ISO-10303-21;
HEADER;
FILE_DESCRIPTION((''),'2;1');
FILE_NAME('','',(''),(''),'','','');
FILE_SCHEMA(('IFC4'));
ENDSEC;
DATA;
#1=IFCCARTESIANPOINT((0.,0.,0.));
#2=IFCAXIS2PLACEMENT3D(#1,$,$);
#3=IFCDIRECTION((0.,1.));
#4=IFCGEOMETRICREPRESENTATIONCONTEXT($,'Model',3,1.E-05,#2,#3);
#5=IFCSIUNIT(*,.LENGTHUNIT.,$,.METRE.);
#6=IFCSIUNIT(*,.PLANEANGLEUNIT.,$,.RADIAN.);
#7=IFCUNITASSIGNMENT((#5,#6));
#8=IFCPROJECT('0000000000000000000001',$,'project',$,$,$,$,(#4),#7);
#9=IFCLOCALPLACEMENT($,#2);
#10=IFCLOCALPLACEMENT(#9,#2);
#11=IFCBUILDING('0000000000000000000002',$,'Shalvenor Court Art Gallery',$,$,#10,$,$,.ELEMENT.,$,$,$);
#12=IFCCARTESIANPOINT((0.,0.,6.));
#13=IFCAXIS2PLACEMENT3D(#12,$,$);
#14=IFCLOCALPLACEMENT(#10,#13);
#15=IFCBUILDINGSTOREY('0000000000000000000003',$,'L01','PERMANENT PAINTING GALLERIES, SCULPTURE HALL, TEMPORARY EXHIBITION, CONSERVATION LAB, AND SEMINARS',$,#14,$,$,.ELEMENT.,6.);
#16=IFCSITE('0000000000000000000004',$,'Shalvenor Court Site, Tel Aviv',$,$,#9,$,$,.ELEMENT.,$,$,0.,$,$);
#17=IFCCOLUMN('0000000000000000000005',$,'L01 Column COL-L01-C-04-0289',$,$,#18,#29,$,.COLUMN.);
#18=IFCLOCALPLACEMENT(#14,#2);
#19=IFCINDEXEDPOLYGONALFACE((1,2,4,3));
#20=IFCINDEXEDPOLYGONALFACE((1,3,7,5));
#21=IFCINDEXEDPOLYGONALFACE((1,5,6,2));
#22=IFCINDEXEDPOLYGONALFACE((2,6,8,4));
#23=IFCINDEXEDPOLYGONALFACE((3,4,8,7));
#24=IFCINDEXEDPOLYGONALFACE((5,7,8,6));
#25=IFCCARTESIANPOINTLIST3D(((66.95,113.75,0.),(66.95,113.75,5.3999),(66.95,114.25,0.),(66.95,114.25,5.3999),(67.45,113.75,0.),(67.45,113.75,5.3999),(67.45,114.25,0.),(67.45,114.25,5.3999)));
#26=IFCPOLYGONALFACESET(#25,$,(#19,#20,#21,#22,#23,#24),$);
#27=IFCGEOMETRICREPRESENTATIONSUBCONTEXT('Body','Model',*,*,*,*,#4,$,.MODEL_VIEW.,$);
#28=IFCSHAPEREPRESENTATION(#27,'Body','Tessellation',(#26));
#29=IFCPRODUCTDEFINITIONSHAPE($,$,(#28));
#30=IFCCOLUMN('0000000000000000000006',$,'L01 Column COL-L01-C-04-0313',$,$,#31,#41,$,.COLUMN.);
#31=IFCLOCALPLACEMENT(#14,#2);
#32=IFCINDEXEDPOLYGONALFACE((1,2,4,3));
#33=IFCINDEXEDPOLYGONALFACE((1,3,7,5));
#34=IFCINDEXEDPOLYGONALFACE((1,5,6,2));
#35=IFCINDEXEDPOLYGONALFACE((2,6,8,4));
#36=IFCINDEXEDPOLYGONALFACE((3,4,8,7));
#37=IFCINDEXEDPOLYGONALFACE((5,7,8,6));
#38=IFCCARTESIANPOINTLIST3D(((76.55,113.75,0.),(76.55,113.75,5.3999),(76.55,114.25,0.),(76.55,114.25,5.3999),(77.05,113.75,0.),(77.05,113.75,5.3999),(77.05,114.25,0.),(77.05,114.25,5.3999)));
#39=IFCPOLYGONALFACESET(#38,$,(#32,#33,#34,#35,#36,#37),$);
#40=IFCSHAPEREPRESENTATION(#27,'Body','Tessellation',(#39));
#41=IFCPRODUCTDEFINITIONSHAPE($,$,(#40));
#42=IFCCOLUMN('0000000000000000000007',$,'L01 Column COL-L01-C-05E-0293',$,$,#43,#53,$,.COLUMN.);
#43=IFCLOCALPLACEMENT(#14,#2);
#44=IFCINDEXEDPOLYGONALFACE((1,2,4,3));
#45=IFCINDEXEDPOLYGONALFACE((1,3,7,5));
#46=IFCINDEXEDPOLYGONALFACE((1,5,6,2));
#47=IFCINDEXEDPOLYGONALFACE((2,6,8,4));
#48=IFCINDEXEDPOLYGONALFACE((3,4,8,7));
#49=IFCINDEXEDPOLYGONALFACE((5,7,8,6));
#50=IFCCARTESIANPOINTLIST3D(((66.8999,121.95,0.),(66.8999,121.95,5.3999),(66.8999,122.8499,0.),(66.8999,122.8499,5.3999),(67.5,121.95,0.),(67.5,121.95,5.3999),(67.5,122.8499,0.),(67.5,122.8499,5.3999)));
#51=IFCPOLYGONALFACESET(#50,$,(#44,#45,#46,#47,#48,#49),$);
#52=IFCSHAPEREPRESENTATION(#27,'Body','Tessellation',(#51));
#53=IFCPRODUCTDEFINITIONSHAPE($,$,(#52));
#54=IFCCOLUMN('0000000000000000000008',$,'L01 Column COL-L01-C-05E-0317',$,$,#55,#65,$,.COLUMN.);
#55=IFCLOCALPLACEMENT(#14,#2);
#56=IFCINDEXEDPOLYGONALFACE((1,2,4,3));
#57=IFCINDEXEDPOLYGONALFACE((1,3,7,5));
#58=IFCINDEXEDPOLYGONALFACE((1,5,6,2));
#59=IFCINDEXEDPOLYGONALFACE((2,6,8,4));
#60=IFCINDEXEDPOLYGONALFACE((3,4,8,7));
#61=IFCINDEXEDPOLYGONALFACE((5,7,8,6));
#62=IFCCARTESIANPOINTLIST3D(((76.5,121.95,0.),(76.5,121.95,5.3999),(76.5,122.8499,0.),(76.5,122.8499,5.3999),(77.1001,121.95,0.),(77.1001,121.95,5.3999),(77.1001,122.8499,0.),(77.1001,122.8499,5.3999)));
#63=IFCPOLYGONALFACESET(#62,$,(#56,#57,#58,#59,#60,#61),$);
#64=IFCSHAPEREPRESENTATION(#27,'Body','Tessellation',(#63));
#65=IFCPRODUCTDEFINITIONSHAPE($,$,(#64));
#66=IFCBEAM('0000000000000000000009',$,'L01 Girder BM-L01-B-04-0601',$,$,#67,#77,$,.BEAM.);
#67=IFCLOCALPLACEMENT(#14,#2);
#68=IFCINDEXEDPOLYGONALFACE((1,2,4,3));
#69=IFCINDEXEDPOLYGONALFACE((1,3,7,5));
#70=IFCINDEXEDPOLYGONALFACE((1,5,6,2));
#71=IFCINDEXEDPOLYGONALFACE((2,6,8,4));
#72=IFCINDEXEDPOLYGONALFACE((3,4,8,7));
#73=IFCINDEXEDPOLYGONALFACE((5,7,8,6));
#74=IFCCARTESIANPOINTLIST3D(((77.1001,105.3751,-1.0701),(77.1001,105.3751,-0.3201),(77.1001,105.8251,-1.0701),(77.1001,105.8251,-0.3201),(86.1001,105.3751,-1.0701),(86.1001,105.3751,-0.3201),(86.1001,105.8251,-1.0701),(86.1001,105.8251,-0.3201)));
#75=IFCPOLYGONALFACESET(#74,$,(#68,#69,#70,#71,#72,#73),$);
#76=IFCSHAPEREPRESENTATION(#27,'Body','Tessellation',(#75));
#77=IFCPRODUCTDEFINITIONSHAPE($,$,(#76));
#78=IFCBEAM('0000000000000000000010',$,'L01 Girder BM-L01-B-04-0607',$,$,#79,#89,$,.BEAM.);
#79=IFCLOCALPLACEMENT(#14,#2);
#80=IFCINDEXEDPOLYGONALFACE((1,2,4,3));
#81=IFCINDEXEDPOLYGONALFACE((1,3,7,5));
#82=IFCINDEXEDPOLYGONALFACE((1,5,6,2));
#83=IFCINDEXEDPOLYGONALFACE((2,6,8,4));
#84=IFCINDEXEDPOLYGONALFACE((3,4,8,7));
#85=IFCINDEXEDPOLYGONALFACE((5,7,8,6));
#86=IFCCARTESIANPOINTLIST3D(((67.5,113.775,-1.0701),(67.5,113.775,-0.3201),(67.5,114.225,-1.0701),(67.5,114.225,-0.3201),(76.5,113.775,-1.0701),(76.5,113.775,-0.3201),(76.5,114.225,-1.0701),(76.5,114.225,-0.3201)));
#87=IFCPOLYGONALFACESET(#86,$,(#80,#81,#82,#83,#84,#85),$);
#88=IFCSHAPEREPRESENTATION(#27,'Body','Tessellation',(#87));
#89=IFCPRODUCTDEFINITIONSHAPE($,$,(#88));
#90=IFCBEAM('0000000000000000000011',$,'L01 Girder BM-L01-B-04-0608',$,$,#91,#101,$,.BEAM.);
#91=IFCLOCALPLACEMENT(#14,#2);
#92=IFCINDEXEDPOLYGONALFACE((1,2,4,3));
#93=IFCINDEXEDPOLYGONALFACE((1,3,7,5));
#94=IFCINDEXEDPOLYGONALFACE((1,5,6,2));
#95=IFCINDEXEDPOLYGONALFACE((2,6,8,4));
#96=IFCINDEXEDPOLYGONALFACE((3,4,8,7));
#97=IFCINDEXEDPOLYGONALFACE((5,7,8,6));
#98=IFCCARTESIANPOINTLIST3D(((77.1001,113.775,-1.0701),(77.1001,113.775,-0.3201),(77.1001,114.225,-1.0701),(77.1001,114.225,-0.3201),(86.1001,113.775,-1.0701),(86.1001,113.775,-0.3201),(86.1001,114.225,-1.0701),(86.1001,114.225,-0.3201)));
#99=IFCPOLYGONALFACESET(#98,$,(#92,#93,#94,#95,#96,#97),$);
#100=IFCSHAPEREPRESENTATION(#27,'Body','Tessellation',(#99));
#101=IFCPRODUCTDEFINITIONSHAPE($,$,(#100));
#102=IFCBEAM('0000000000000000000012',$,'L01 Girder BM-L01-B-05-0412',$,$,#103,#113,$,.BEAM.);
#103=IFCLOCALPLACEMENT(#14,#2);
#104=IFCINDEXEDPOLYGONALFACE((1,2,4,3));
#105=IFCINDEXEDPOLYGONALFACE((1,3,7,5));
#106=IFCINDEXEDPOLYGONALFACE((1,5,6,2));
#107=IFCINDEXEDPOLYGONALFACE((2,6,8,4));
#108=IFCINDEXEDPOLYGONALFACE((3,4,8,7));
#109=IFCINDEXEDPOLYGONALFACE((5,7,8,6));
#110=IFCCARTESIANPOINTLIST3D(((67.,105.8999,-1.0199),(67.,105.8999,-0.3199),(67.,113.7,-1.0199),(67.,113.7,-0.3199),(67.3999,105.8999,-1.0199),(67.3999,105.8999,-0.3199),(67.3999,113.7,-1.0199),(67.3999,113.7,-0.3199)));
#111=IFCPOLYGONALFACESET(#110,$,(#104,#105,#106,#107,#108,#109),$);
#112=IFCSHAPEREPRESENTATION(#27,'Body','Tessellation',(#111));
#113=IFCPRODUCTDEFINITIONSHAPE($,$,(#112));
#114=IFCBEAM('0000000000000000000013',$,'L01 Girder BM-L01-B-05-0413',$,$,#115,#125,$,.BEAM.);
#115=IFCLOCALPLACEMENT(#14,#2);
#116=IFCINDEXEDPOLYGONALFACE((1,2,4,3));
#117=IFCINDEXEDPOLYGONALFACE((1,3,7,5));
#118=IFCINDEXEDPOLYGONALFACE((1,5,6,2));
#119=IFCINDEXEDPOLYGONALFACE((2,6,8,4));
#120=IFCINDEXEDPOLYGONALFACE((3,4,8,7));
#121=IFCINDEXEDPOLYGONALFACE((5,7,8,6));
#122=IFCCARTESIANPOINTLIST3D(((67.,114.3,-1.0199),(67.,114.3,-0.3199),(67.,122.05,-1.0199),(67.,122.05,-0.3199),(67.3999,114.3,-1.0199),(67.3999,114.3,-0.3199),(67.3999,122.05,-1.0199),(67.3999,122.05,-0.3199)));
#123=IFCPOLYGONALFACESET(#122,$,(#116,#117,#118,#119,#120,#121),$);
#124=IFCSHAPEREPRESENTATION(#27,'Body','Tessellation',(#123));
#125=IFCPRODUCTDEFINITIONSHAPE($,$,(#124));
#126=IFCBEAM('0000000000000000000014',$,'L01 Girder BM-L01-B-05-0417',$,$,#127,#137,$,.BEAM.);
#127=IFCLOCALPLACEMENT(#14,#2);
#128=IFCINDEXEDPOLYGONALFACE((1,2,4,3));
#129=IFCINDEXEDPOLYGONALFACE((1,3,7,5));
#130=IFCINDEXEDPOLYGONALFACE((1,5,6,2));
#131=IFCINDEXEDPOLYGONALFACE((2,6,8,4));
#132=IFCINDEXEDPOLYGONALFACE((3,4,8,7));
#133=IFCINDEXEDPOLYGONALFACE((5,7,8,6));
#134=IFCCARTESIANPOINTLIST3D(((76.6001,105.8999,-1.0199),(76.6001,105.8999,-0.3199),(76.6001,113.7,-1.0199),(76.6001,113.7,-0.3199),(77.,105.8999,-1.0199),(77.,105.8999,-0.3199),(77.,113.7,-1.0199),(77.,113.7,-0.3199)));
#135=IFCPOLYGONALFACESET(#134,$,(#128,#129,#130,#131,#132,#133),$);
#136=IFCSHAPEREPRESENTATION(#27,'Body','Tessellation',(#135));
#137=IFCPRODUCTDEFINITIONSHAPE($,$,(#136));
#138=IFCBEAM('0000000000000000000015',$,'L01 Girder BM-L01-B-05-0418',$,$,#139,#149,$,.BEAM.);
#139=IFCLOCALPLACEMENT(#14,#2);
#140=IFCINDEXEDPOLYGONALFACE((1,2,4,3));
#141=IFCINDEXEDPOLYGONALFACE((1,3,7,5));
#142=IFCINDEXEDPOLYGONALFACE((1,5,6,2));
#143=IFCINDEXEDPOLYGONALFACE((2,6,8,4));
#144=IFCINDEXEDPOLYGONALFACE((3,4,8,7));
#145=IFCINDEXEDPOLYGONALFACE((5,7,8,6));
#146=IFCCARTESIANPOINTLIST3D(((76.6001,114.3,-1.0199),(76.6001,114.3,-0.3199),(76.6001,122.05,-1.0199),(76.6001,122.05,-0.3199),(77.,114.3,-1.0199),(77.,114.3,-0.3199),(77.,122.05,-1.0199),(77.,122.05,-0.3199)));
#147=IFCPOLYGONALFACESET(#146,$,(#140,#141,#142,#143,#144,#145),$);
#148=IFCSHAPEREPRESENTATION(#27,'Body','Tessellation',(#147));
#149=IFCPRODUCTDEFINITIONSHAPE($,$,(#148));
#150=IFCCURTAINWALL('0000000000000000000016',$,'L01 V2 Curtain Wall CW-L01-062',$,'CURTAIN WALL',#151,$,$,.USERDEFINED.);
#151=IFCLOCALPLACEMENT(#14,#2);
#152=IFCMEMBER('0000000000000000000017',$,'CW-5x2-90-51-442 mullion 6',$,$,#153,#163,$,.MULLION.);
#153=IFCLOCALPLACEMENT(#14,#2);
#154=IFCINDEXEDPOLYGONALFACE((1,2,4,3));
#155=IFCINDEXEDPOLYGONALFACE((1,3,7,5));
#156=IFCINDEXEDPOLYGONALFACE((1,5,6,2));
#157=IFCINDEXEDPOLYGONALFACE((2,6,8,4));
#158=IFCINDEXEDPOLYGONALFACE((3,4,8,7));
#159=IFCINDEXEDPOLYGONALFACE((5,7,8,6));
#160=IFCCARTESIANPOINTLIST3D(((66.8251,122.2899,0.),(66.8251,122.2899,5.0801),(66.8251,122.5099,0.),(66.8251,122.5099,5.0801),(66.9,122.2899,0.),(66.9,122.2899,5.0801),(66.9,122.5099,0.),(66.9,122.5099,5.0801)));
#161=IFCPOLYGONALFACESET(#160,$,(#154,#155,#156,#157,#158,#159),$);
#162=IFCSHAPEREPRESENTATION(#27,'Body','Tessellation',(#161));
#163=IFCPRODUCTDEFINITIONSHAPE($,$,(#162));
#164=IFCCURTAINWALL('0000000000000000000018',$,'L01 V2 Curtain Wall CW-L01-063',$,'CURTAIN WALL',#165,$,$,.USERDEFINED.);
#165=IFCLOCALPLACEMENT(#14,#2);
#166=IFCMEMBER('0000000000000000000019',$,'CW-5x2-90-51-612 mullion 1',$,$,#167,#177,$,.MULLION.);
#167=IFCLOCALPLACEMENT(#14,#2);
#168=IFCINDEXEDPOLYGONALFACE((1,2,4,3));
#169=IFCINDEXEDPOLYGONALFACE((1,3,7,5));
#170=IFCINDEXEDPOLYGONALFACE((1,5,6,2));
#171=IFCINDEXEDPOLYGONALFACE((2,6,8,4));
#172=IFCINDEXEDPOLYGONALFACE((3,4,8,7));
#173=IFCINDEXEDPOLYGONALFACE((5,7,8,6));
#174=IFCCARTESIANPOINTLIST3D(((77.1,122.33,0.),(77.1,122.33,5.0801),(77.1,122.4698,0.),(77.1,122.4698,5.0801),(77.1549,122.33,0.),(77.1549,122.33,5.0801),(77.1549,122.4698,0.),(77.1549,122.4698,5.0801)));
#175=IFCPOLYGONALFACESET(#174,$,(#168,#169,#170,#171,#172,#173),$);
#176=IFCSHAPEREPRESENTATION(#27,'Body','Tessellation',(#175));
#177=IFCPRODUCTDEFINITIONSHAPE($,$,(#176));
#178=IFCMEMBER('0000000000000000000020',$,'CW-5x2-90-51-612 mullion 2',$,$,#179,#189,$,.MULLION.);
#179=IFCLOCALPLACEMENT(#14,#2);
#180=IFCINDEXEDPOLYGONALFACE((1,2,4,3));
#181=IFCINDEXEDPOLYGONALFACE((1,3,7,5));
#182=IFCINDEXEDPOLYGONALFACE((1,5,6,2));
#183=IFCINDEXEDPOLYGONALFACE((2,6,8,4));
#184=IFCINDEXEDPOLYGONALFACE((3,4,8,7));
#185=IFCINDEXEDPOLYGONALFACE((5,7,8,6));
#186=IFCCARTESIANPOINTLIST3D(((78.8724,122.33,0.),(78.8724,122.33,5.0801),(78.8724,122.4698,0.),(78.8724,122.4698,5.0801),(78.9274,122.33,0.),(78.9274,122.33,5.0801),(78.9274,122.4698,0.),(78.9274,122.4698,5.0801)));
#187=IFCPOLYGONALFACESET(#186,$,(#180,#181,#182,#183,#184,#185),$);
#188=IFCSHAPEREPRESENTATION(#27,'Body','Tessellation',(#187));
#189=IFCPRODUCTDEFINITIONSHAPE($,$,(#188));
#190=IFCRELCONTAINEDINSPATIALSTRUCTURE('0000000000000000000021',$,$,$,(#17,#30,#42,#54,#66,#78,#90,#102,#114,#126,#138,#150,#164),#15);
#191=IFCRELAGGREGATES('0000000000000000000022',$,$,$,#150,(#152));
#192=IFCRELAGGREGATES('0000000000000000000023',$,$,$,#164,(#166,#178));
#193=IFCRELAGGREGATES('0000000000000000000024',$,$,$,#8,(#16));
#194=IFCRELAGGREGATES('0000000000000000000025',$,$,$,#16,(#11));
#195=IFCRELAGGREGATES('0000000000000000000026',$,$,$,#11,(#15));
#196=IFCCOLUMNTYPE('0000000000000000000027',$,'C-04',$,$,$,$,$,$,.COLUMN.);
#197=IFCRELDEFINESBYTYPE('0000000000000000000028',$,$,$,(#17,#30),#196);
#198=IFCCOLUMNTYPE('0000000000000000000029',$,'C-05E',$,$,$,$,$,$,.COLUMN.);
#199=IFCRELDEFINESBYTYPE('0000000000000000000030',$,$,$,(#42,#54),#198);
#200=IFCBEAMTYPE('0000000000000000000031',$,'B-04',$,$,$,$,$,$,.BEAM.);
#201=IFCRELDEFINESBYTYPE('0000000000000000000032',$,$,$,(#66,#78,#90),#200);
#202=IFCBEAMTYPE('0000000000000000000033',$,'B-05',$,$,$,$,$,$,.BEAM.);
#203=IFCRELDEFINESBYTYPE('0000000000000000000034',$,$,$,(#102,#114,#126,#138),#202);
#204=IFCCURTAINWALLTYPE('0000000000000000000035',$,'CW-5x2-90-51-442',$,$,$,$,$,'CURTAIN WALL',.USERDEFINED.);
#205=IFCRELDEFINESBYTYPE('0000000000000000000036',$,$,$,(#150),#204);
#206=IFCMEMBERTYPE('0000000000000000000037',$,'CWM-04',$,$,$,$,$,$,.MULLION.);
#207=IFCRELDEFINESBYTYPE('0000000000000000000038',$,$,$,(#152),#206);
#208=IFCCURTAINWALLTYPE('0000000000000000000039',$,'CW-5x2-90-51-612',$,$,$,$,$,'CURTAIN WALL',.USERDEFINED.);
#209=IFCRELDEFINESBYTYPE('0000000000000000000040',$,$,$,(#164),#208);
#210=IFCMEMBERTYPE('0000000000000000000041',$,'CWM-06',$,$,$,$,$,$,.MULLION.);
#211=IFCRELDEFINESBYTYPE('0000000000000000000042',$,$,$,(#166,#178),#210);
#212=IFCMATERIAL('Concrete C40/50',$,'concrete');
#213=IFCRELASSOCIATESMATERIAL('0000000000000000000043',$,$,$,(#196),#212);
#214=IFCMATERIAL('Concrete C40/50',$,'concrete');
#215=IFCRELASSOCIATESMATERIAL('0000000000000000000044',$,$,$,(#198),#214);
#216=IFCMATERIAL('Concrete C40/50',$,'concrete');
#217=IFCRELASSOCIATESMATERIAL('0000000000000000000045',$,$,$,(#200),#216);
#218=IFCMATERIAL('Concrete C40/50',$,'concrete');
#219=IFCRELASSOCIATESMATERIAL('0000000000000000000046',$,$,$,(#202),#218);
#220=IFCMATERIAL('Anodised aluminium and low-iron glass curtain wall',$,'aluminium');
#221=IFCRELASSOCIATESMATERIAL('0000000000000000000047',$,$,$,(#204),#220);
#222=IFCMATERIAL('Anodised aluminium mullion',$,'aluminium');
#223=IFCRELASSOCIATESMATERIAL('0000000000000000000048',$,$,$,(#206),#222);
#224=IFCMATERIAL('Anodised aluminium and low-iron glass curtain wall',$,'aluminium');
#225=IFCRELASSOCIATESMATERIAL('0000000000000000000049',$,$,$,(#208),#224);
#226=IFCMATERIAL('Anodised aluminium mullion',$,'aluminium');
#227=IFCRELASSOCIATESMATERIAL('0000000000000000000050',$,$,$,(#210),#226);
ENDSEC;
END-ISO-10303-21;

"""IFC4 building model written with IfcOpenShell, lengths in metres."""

from ifc_helpers import new_model, si_unit, direction, frame, origin, origin_2d, place, context, subcontext, project, spatial, rectangle, extrude, material, material_profile, profile_set, type_object, element, aggregate, save


model = new_model("IFC4")

# Units and contexts
model_context = context("Model", 3, precision=1e-05, world=origin(), true_north=direction((0.0, 1.0)))
body_context = subcontext(model_context, "Body", "Model", "MODEL_VIEW")
ifc_project = project(units=[si_unit("LENGTHUNIT", "METRE"), si_unit("PLANEANGLEUNIT", "RADIAN")], contexts=[model_context])

# Site, building, storey
site_placement = place(None, origin())
site = spatial("IfcSite", under=ifc_project, at=site_placement, Name="Shalvenor Court Site, Tel Aviv", CompositionType="ELEMENT", RefElevation=0.0)
building_placement = place(site_placement, origin())
building = spatial("IfcBuilding", under=site, at=building_placement, Name="Shalvenor Court Art Gallery", CompositionType="ELEMENT")
storey_placement = place(building_placement, frame((0.0, 0.0, 6.0)))
storey = spatial("IfcBuildingStorey", under=building, at=storey_placement, Name="L01", Description="PERMANENT PAINTING GALLERIES, SCULPTURE HALL, TEMPORARY EXHIBITION, CONSERVATION LAB, AND SEMINARS", CompositionType="ELEMENT", Elevation=6.0)

# Columns
ifc_material_1 = material(Name="Concrete C40/50", Category="concrete")
ifc_material_profile_1 = material_profile(ifc_material_1, rectangle(XDim=0.5, YDim=0.5, at=origin_2d()), Name="RC 500x500")
ifc_profile_set_1 = profile_set([ifc_material_profile_1], Name="Concrete C40/50")
column_type_1 = type_object("IfcColumnType", Name="C-04", PredefinedType="COLUMN", material=ifc_profile_set_1)
for number, where, z_axis, x_axis, name in (
    (1, (67.2, 114.0, 0.0), (0.0, 0.0, 1.0), (1.0, 0.0, 0.0), "L01 Column COL-L01-C-04-0289"),
    (2, (76.8, 114.0, 0.0), (0.0, 0.0, 1.0), (1.0, 0.0, 0.0), "L01 Column COL-L01-C-04-0313"),
):
    element("IfcColumn", number, at=place(storey_placement, frame(where, z_axis=z_axis, x_axis=x_axis)), inside=storey, type_object=column_type_1, Name=name, PredefinedType="COLUMN", context=body_context, shape_type="SweptSolid", body=[
        extrude(rectangle(XDim=0.5, YDim=0.5, at=origin_2d()), origin(), (0.0, 0.0, 1.0), 5.3999),
    ])
ifc_material_2 = material(Name="Concrete C40/50", Category="concrete")
ifc_material_profile_2 = material_profile(ifc_material_2, rectangle(XDim=0.6001, YDim=0.8999, at=origin_2d()), Name="RC 600x900")
ifc_profile_set_2 = profile_set([ifc_material_profile_2], Name="Concrete C40/50")
column_type_2 = type_object("IfcColumnType", Name="C-05E", PredefinedType="COLUMN", material=ifc_profile_set_2)
for number, where, z_axis, x_axis, name in (
    (3, (67.2, 122.3999, 0.0), (0.0, 0.0, 1.0), (1.0, 0.0, 0.0), "L01 Column COL-L01-C-05E-0293"),
    (4, (76.8, 122.3999, 0.0), (0.0, 0.0, 1.0), (1.0, 0.0, 0.0), "L01 Column COL-L01-C-05E-0317"),
):
    element("IfcColumn", number, at=place(storey_placement, frame(where, z_axis=z_axis, x_axis=x_axis)), inside=storey, type_object=column_type_2, Name=name, PredefinedType="COLUMN", context=body_context, shape_type="SweptSolid", body=[
        extrude(rectangle(XDim=0.6001, YDim=0.8999, at=origin_2d()), origin(), (0.0, 0.0, 1.0), 5.3999),
    ])

# Beams
ifc_material_3 = material(Name="Concrete C40/50", Category="concrete")
ifc_material_profile_3 = material_profile(ifc_material_3, rectangle(XDim=0.45, YDim=0.75, at=origin_2d()), Name="RC 450x750")
ifc_profile_set_3 = profile_set([ifc_material_profile_3], Name="Concrete C40/50")
beam_type_1 = type_object("IfcBeamType", Name="B-04", PredefinedType="BEAM", material=ifc_profile_set_3)
for number, where, z_axis, x_axis, name in (
    (5, (77.1001, 105.6001, -0.6951), (1.0, 0.0, 0.0), (0.0, 1.0, 0.0), "L01 Girder BM-L01-B-04-0601"),
    (6, (67.5, 114.0, -0.6951), (1.0, 0.0, 0.0), (0.0, 1.0, 0.0), "L01 Girder BM-L01-B-04-0607"),
    (7, (77.1001, 114.0, -0.6951), (1.0, 0.0, 0.0), (0.0, 1.0, 0.0), "L01 Girder BM-L01-B-04-0608"),
):
    element("IfcBeam", number, at=place(storey_placement, frame(where, z_axis=z_axis, x_axis=x_axis)), inside=storey, type_object=beam_type_1, Name=name, PredefinedType="BEAM", context=body_context, shape_type="SweptSolid", body=[
        extrude(rectangle(XDim=0.45, YDim=0.75, at=origin_2d()), origin(), (0.0, 0.0, 1.0), 9.0),
    ])
ifc_material_4 = material(Name="Concrete C40/50", Category="concrete")
ifc_material_profile_4 = material_profile(ifc_material_4, rectangle(XDim=0.3999, YDim=0.7, at=origin_2d()), Name="RC 400x700")
ifc_profile_set_4 = profile_set([ifc_material_profile_4], Name="Concrete C40/50")
beam_type_2 = type_object("IfcBeamType", Name="B-05", PredefinedType="BEAM", material=ifc_profile_set_4)
beam_1_placement = place(storey_placement, frame((67.2, 105.8999, -0.6699), z_axis=(0.0, 1.0, 0.0), x_axis=(-1.0, 0.0, 0.0)))
element("IfcBeam", 8, at=beam_1_placement, inside=storey, type_object=beam_type_2, Name="L01 Girder BM-L01-B-05-0412", PredefinedType="BEAM", context=body_context, shape_type="SweptSolid", body=[
    extrude(rectangle(XDim=0.3999, YDim=0.7, at=origin_2d()), origin(), (0.0, 0.0, 1.0), 7.8),
])
beam_2_placement = place(storey_placement, frame((67.2, 114.3, -0.6699), z_axis=(0.0, 1.0, 0.0), x_axis=(-1.0, 0.0, 0.0)))
element("IfcBeam", 9, at=beam_2_placement, inside=storey, type_object=beam_type_2, Name="L01 Girder BM-L01-B-05-0413", PredefinedType="BEAM", context=body_context, shape_type="SweptSolid", body=[
    extrude(rectangle(XDim=0.3999, YDim=0.7, at=origin_2d()), origin(), (0.0, 0.0, 1.0), 7.75),
])
beam_3_placement = place(storey_placement, frame((76.8, 105.8999, -0.6699), z_axis=(0.0, 1.0, 0.0), x_axis=(-1.0, 0.0, 0.0)))
element("IfcBeam", 10, at=beam_3_placement, inside=storey, type_object=beam_type_2, Name="L01 Girder BM-L01-B-05-0417", PredefinedType="BEAM", context=body_context, shape_type="SweptSolid", body=[
    extrude(rectangle(XDim=0.3999, YDim=0.7, at=origin_2d()), origin(), (0.0, 0.0, 1.0), 7.8),
])
beam_4_placement = place(storey_placement, frame((76.8, 114.3, -0.6699), z_axis=(0.0, 1.0, 0.0), x_axis=(-1.0, 0.0, 0.0)))
element("IfcBeam", 11, at=beam_4_placement, inside=storey, type_object=beam_type_2, Name="L01 Girder BM-L01-B-05-0418", PredefinedType="BEAM", context=body_context, shape_type="SweptSolid", body=[
    extrude(rectangle(XDim=0.3999, YDim=0.7, at=origin_2d()), origin(), (0.0, 0.0, 1.0), 7.75),
])

# Curtain wall, member
ifc_material_5 = material(Name="Anodised aluminium and low-iron glass curtain wall", Category="aluminium")
curtain_wall_type_1 = type_object("IfcCurtainWallType", Name="CW-5x2-90-51-442", ElementType="CURTAIN WALL", PredefinedType="USERDEFINED", material=ifc_material_5)
curtain_wall_1_placement = place(storey_placement, origin())
curtain_wall_1 = element("IfcCurtainWall", 12, at=curtain_wall_1_placement, inside=storey, type_object=curtain_wall_type_1, Name="L01 V2 Curtain Wall CW-L01-062", ObjectType="CURTAIN WALL", PredefinedType="USERDEFINED")
ifc_material_6 = material(Name="Anodised aluminium mullion", Category="aluminium")
ifc_material_profile_5 = material_profile(ifc_material_6, rectangle(XDim=0.075, YDim=0.22, at=origin_2d()), Name="CWM-04")
ifc_profile_set_5 = profile_set([ifc_material_profile_5], Name="Anodised aluminium mullion")
member_type_1 = type_object("IfcMemberType", Name="CWM-04", PredefinedType="MULLION", material=ifc_profile_set_5)
member_1_placement = place(storey_placement, frame((66.8625, 122.3999, 0.0), z_axis=(0.0, 0.0, 1.0), x_axis=(1.0, 0.0, 0.0)))
member_1 = element("IfcMember", 13, at=member_1_placement, type_object=member_type_1, Name="CW-5x2-90-51-442 mullion 6", PredefinedType="MULLION", context=body_context, shape_type="SweptSolid", body=[
    extrude(rectangle(XDim=0.075, YDim=0.22, at=origin_2d()), origin(), (0.0, 0.0, 1.0), 5.0801),
])

# Curtain wall, members
ifc_material_7 = material(Name="Anodised aluminium and low-iron glass curtain wall", Category="aluminium")
curtain_wall_type_2 = type_object("IfcCurtainWallType", Name="CW-5x2-90-51-612", ElementType="CURTAIN WALL", PredefinedType="USERDEFINED", material=ifc_material_7)
curtain_wall_2_placement = place(storey_placement, origin())
curtain_wall_2 = element("IfcCurtainWall", 14, at=curtain_wall_2_placement, inside=storey, type_object=curtain_wall_type_2, Name="L01 V2 Curtain Wall CW-L01-063", ObjectType="CURTAIN WALL", PredefinedType="USERDEFINED")
ifc_material_8 = material(Name="Anodised aluminium mullion", Category="aluminium")
ifc_material_profile_6 = material_profile(ifc_material_8, rectangle(XDim=0.0549, YDim=0.1399, at=origin_2d()), Name="CWM-06")
ifc_profile_set_6 = profile_set([ifc_material_profile_6], Name="Anodised aluminium mullion")
member_type_2 = type_object("IfcMemberType", Name="CWM-06", PredefinedType="MULLION", material=ifc_profile_set_6)
member_2_placement = place(storey_placement, frame((77.1274, 122.3999, 0.0), z_axis=(0.0, 0.0, 1.0), x_axis=(1.0, 0.0, 0.0)))
member_2 = element("IfcMember", 15, at=member_2_placement, type_object=member_type_2, Name="CW-5x2-90-51-612 mullion 1", PredefinedType="MULLION", context=body_context, shape_type="SweptSolid", body=[
    extrude(rectangle(XDim=0.0549, YDim=0.1399, at=origin_2d()), origin(), (0.0, 0.0, 1.0), 5.0801),
])
member_3_placement = place(storey_placement, frame((78.8999, 122.3999, 0.0), z_axis=(0.0, 0.0, 1.0), x_axis=(1.0, 0.0, 0.0)))
member_3 = element("IfcMember", 16, at=member_3_placement, type_object=member_type_2, Name="CW-5x2-90-51-612 mullion 2", PredefinedType="MULLION", context=body_context, shape_type="SweptSolid", body=[
    extrude(rectangle(XDim=0.0549, YDim=0.1399, at=origin_2d()), origin(), (0.0, 0.0, 1.0), 5.0801),
])

aggregate(curtain_wall_1, [member_1])
aggregate(curtain_wall_2, [member_2, member_3])

save(model, "model.ifc")
